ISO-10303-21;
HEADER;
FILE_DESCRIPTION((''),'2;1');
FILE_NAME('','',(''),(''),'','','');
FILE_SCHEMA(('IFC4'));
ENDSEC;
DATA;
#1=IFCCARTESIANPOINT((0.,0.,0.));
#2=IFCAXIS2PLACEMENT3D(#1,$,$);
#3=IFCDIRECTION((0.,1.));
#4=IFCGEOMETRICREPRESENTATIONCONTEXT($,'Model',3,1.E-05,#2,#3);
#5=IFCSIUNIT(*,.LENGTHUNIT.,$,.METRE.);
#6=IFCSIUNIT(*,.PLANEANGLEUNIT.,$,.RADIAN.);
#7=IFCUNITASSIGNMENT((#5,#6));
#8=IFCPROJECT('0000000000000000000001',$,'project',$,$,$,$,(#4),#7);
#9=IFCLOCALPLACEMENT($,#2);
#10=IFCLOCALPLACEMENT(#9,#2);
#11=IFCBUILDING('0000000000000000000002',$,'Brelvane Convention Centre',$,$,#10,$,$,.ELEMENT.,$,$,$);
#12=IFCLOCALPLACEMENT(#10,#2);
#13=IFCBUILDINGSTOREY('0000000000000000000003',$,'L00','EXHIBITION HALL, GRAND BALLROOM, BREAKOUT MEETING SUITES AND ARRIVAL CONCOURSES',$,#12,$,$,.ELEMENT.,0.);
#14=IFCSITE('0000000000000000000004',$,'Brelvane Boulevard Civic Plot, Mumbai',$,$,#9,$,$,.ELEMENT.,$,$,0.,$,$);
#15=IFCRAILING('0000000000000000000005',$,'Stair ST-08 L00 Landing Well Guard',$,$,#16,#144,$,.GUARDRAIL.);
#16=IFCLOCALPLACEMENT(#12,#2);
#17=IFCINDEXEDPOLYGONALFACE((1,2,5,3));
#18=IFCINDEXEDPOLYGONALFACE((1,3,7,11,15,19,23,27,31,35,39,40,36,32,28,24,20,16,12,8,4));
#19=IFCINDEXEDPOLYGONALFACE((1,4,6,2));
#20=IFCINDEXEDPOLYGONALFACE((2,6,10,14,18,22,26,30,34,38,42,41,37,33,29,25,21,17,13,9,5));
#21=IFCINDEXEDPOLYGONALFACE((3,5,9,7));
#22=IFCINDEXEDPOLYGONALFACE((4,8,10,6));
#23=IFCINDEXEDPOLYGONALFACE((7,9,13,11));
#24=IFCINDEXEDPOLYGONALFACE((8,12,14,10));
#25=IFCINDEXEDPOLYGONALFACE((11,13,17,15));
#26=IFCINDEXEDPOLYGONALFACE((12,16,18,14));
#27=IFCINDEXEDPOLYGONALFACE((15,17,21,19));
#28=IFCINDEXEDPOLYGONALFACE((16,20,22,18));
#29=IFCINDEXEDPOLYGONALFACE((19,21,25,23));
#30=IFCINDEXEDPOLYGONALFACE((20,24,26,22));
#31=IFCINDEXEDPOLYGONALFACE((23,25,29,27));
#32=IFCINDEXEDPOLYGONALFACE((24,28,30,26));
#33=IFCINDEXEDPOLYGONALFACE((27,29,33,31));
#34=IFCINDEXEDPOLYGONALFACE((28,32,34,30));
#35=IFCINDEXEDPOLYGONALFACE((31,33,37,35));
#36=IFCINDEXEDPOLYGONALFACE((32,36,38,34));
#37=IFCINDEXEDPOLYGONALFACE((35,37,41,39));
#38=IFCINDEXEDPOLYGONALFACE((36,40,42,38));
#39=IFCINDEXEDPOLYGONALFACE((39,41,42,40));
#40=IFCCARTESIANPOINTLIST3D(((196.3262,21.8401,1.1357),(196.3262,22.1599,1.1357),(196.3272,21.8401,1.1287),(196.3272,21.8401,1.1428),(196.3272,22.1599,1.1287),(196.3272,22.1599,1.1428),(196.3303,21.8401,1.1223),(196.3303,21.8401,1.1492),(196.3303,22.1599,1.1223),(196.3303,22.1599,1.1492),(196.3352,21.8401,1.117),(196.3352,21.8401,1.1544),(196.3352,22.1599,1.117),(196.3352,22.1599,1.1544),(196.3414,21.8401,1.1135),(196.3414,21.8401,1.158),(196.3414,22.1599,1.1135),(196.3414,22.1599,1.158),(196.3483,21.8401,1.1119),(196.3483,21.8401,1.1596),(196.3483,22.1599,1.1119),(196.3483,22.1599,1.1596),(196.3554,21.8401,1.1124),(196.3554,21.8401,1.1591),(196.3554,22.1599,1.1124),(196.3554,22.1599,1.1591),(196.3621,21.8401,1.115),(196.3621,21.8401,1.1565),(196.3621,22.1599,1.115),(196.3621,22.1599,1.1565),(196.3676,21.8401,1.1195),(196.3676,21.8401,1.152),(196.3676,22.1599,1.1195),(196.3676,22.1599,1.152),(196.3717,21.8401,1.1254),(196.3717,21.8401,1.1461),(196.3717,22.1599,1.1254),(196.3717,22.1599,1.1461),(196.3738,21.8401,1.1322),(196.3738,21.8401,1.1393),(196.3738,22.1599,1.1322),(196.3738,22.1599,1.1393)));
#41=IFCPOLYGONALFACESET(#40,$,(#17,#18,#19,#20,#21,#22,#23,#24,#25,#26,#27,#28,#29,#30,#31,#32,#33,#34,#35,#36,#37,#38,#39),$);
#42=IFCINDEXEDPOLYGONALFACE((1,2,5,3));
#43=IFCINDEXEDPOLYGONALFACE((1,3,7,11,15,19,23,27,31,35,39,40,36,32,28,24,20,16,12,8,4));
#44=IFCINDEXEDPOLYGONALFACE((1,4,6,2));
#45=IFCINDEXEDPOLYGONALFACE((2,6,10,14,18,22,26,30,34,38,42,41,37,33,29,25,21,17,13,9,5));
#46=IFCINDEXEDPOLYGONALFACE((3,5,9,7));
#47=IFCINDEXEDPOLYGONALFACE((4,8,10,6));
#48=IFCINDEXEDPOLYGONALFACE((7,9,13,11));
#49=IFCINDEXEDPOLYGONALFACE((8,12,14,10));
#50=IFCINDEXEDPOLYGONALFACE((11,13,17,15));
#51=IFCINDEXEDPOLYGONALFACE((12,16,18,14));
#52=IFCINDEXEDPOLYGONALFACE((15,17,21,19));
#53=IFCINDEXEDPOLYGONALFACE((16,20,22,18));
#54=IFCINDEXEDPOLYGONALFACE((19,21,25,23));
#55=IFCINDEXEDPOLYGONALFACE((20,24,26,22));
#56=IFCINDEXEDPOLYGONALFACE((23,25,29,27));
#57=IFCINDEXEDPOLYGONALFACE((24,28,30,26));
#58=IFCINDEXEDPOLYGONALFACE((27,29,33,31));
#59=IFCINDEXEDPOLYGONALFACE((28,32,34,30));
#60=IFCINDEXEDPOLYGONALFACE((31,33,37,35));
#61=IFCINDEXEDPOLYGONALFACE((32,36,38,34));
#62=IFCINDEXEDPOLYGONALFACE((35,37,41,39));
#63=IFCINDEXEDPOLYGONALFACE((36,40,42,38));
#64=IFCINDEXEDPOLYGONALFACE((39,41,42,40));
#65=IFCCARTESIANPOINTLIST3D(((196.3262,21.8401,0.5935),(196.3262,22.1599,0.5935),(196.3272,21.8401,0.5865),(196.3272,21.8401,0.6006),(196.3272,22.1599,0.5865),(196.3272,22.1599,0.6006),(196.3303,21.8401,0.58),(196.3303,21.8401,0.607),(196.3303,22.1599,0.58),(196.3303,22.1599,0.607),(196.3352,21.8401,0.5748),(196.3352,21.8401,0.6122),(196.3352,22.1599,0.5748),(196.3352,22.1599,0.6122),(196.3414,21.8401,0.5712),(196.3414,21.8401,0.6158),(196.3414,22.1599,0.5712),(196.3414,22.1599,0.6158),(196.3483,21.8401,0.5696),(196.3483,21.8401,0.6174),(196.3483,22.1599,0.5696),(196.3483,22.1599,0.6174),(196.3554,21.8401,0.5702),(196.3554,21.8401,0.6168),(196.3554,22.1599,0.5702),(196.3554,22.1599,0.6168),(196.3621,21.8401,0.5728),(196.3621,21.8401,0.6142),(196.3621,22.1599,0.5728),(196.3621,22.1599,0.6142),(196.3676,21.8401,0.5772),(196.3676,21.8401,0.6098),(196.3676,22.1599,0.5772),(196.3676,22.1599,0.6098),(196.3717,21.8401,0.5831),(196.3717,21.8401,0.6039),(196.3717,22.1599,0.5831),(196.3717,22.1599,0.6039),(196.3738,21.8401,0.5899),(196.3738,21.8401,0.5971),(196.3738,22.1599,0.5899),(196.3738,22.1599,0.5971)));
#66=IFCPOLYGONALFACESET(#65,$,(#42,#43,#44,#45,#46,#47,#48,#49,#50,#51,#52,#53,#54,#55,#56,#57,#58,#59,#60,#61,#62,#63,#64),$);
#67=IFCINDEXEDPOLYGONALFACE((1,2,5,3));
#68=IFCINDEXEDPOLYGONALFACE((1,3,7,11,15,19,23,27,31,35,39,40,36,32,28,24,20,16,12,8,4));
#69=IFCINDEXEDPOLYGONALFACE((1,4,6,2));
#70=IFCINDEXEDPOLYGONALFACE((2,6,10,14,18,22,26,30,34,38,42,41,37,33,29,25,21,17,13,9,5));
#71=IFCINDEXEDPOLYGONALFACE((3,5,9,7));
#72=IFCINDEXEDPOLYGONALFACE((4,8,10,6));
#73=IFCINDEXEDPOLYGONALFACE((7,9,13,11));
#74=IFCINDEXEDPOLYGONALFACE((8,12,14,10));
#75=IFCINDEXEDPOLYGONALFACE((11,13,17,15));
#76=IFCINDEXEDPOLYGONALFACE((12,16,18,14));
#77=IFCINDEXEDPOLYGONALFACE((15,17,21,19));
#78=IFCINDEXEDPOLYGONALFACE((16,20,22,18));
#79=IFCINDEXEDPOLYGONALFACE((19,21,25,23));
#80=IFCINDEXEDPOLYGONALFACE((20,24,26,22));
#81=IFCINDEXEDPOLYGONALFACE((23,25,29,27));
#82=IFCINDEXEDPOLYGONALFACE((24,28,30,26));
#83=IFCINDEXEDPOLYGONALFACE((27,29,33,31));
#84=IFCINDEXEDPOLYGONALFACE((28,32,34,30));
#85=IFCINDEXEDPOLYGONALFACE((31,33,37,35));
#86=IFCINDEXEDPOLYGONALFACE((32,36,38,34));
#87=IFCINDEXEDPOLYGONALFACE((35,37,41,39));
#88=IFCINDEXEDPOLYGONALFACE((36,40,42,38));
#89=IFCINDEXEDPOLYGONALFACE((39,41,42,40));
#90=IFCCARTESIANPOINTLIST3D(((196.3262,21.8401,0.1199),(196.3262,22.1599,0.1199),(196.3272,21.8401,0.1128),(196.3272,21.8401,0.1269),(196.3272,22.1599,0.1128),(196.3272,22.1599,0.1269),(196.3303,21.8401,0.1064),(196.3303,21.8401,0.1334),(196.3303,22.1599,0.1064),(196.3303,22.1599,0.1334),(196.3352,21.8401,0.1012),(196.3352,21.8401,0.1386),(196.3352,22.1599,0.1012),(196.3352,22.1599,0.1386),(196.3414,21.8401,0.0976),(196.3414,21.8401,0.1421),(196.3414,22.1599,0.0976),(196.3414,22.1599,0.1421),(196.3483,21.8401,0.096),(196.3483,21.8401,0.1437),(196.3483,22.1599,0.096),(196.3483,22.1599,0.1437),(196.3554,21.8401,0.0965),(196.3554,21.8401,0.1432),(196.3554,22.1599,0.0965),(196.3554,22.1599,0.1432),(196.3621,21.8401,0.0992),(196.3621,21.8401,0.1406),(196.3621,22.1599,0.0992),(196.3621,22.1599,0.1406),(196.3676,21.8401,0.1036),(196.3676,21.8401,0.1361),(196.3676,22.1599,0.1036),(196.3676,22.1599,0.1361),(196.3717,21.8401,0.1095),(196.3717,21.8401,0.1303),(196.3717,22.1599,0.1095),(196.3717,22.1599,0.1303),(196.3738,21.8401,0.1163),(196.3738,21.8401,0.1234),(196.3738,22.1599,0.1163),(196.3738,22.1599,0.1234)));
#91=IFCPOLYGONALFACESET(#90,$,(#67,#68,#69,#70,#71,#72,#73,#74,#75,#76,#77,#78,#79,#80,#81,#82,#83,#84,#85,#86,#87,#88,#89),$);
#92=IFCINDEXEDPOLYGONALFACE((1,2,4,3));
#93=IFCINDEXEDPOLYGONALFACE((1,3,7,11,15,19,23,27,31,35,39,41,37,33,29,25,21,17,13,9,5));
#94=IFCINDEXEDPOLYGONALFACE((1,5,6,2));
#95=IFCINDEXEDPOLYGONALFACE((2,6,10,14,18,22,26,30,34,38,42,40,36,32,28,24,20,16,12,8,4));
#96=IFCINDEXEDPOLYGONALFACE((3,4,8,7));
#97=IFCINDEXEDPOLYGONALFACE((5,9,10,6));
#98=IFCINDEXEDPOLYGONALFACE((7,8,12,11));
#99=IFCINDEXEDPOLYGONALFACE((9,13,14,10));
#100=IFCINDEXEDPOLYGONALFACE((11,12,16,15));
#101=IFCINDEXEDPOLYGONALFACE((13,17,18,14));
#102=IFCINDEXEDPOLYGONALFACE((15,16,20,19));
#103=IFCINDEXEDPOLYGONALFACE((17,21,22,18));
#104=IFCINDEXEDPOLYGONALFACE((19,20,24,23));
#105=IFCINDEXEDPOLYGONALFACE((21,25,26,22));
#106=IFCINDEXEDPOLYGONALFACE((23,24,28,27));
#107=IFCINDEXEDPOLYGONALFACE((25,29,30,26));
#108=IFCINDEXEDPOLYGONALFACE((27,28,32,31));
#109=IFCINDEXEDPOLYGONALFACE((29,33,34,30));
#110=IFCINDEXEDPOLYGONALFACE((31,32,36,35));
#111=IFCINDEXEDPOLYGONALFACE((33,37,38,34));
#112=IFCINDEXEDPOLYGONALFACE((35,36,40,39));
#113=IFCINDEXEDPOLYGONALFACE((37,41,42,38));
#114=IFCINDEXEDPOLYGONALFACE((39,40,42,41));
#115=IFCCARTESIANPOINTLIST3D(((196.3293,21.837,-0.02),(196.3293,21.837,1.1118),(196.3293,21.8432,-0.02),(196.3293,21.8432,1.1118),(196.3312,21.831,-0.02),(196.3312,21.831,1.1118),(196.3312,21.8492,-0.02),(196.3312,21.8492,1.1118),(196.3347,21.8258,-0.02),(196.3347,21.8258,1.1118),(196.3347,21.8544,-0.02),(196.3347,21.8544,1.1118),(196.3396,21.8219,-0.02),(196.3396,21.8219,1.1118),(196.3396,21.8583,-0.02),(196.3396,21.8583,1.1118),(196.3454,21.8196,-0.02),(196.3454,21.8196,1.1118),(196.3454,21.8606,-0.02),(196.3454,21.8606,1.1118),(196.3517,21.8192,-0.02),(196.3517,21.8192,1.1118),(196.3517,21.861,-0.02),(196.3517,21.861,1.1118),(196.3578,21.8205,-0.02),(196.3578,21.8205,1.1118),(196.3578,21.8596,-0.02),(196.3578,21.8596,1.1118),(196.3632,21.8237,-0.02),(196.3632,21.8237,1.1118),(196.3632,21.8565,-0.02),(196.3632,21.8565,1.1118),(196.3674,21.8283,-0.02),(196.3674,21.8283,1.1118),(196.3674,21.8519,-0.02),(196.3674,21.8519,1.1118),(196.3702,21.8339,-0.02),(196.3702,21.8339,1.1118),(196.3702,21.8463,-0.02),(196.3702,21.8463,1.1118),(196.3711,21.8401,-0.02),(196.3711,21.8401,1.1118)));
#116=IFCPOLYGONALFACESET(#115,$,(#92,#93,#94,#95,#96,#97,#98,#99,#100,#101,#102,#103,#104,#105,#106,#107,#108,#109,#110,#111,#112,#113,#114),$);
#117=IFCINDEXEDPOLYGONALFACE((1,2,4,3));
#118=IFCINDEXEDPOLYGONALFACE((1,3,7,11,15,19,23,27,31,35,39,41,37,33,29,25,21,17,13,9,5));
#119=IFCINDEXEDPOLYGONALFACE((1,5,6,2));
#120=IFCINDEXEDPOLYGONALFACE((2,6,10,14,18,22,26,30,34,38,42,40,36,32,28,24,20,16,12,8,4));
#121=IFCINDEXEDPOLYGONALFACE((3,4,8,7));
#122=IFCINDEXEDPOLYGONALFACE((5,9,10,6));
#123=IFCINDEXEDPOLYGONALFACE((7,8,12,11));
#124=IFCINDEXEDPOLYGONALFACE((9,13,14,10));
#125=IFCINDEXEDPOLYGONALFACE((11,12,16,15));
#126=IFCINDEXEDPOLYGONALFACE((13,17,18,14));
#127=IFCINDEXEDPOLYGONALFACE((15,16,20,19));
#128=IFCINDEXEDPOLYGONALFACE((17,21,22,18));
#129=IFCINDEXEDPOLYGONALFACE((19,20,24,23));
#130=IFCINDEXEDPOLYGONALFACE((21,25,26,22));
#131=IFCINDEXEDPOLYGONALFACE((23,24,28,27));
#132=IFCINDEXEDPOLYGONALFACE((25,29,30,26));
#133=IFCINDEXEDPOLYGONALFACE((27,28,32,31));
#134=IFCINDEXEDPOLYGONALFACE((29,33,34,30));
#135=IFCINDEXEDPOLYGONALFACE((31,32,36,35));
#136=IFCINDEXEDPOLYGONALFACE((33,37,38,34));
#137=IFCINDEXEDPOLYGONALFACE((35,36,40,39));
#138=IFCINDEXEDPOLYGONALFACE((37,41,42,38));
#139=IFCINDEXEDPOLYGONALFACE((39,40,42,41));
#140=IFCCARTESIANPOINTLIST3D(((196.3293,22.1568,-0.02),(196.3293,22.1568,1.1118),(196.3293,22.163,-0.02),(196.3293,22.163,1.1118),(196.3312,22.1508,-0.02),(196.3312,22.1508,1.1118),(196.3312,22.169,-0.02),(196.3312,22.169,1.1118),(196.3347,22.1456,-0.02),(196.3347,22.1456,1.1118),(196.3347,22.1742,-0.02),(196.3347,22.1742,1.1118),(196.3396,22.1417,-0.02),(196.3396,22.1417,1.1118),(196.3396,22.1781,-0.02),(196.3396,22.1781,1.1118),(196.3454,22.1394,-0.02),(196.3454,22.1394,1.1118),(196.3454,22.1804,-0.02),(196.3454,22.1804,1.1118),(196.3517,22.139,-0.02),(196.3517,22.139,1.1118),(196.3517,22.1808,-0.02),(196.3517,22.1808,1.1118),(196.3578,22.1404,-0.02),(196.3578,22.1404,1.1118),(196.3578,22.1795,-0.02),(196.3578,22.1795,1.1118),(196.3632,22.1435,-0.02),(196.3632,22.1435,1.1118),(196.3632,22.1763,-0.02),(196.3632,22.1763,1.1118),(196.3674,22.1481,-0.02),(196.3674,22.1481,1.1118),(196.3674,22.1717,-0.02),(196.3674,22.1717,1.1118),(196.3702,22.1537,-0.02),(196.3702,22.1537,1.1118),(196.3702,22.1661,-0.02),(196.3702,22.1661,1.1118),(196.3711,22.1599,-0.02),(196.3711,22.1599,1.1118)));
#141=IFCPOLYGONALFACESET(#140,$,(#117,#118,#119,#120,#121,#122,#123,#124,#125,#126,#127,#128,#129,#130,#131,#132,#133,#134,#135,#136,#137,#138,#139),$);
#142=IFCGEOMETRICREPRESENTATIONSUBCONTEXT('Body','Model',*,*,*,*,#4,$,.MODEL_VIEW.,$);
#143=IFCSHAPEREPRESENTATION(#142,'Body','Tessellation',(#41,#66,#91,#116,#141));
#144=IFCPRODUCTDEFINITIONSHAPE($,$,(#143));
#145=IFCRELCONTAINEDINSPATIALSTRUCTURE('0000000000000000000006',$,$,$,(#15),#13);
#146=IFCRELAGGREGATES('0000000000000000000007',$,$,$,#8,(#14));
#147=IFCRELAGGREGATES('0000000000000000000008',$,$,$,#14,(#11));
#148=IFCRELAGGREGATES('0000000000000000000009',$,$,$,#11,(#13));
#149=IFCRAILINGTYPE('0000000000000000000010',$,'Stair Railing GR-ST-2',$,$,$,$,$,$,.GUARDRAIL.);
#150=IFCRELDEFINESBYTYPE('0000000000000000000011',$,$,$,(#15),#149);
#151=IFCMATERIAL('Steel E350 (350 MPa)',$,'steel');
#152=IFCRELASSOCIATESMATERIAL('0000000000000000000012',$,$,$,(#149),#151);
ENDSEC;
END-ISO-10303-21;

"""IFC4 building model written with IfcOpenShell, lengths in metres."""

from ifc_helpers import new_model, si_unit, direction, frame, origin, origin_2d, place, context, subcontext, project, spatial, circle, extrude, material, type_object, element, save


model = new_model("IFC4")

# Units and contexts
model_context = context("Model", 3, precision=1e-05, world=origin(), true_north=direction((0.0, 1.0)))
body_context = subcontext(model_context, "Body", "Model", "MODEL_VIEW")
ifc_project = project(units=[si_unit("LENGTHUNIT", "METRE"), si_unit("PLANEANGLEUNIT", "RADIAN")], contexts=[model_context])

# Site, building, storey
site_placement = place(None, origin())
site = spatial("IfcSite", under=ifc_project, at=site_placement, Name="Brelvane Boulevard Civic Plot, Mumbai", CompositionType="ELEMENT", RefElevation=0.0)
building_placement = place(site_placement, origin())
building = spatial("IfcBuilding", under=site, at=building_placement, Name="Brelvane Convention Centre", CompositionType="ELEMENT")
storey_placement = place(building_placement, origin())
storey = spatial("IfcBuildingStorey", under=building, at=storey_placement, Name="L00", Description="EXHIBITION HALL, GRAND BALLROOM, BREAKOUT MEETING SUITES AND ARRIVAL CONCOURSES", CompositionType="ELEMENT", Elevation=0.0)

# Railing
ifc_material_1 = material(Name="Steel E350 (350 MPa)", Category="steel")
railing_type_1 = type_object("IfcRailingType", Name="Stair Railing GR-ST-2", PredefinedType="GUARDRAIL", material=ifc_material_1)
railing_1_placement = place(storey_placement, frame((196.3501, 21.8401, -0.02)))
element("IfcRailing", 1, at=railing_1_placement, inside=storey, type_object=railing_type_1, Name="Stair ST-08 L00 Landing Well Guard", PredefinedType="GUARDRAIL", context=body_context, shape_type="SweptSolid", body=[
    extrude(circle(Radius=0.0239, at=origin_2d()), frame((0.0, 0.0, 1.1558), z_axis=(0.0, 1.0, 0.0), x_axis=(-1.0, 0.0, 0.0)), (0.0, 0.0, 1.0), 0.3198),
    extrude(circle(Radius=0.0239, at=origin_2d()), frame((0.0, 0.0, 0.6135), z_axis=(0.0, 1.0, 0.0), x_axis=(-1.0, 0.0, 0.0)), (0.0, 0.0, 1.0), 0.3198),
    extrude(circle(Radius=0.0239, at=origin_2d()), frame((0.0, 0.0, 0.1399), z_axis=(0.0, 1.0, 0.0), x_axis=(-1.0, 0.0, 0.0)), (0.0, 0.0, 1.0), 0.3198),
    extrude(circle(Radius=0.021, at=origin_2d()), origin(), (0.0, 0.0, 1.0), 1.1318),
    extrude(circle(Radius=0.021, at=origin_2d()), frame((0.0, 0.3198, 0.0)), (0.0, 0.0, 1.0), 1.1318),
])

save(model, "model.ifc")
